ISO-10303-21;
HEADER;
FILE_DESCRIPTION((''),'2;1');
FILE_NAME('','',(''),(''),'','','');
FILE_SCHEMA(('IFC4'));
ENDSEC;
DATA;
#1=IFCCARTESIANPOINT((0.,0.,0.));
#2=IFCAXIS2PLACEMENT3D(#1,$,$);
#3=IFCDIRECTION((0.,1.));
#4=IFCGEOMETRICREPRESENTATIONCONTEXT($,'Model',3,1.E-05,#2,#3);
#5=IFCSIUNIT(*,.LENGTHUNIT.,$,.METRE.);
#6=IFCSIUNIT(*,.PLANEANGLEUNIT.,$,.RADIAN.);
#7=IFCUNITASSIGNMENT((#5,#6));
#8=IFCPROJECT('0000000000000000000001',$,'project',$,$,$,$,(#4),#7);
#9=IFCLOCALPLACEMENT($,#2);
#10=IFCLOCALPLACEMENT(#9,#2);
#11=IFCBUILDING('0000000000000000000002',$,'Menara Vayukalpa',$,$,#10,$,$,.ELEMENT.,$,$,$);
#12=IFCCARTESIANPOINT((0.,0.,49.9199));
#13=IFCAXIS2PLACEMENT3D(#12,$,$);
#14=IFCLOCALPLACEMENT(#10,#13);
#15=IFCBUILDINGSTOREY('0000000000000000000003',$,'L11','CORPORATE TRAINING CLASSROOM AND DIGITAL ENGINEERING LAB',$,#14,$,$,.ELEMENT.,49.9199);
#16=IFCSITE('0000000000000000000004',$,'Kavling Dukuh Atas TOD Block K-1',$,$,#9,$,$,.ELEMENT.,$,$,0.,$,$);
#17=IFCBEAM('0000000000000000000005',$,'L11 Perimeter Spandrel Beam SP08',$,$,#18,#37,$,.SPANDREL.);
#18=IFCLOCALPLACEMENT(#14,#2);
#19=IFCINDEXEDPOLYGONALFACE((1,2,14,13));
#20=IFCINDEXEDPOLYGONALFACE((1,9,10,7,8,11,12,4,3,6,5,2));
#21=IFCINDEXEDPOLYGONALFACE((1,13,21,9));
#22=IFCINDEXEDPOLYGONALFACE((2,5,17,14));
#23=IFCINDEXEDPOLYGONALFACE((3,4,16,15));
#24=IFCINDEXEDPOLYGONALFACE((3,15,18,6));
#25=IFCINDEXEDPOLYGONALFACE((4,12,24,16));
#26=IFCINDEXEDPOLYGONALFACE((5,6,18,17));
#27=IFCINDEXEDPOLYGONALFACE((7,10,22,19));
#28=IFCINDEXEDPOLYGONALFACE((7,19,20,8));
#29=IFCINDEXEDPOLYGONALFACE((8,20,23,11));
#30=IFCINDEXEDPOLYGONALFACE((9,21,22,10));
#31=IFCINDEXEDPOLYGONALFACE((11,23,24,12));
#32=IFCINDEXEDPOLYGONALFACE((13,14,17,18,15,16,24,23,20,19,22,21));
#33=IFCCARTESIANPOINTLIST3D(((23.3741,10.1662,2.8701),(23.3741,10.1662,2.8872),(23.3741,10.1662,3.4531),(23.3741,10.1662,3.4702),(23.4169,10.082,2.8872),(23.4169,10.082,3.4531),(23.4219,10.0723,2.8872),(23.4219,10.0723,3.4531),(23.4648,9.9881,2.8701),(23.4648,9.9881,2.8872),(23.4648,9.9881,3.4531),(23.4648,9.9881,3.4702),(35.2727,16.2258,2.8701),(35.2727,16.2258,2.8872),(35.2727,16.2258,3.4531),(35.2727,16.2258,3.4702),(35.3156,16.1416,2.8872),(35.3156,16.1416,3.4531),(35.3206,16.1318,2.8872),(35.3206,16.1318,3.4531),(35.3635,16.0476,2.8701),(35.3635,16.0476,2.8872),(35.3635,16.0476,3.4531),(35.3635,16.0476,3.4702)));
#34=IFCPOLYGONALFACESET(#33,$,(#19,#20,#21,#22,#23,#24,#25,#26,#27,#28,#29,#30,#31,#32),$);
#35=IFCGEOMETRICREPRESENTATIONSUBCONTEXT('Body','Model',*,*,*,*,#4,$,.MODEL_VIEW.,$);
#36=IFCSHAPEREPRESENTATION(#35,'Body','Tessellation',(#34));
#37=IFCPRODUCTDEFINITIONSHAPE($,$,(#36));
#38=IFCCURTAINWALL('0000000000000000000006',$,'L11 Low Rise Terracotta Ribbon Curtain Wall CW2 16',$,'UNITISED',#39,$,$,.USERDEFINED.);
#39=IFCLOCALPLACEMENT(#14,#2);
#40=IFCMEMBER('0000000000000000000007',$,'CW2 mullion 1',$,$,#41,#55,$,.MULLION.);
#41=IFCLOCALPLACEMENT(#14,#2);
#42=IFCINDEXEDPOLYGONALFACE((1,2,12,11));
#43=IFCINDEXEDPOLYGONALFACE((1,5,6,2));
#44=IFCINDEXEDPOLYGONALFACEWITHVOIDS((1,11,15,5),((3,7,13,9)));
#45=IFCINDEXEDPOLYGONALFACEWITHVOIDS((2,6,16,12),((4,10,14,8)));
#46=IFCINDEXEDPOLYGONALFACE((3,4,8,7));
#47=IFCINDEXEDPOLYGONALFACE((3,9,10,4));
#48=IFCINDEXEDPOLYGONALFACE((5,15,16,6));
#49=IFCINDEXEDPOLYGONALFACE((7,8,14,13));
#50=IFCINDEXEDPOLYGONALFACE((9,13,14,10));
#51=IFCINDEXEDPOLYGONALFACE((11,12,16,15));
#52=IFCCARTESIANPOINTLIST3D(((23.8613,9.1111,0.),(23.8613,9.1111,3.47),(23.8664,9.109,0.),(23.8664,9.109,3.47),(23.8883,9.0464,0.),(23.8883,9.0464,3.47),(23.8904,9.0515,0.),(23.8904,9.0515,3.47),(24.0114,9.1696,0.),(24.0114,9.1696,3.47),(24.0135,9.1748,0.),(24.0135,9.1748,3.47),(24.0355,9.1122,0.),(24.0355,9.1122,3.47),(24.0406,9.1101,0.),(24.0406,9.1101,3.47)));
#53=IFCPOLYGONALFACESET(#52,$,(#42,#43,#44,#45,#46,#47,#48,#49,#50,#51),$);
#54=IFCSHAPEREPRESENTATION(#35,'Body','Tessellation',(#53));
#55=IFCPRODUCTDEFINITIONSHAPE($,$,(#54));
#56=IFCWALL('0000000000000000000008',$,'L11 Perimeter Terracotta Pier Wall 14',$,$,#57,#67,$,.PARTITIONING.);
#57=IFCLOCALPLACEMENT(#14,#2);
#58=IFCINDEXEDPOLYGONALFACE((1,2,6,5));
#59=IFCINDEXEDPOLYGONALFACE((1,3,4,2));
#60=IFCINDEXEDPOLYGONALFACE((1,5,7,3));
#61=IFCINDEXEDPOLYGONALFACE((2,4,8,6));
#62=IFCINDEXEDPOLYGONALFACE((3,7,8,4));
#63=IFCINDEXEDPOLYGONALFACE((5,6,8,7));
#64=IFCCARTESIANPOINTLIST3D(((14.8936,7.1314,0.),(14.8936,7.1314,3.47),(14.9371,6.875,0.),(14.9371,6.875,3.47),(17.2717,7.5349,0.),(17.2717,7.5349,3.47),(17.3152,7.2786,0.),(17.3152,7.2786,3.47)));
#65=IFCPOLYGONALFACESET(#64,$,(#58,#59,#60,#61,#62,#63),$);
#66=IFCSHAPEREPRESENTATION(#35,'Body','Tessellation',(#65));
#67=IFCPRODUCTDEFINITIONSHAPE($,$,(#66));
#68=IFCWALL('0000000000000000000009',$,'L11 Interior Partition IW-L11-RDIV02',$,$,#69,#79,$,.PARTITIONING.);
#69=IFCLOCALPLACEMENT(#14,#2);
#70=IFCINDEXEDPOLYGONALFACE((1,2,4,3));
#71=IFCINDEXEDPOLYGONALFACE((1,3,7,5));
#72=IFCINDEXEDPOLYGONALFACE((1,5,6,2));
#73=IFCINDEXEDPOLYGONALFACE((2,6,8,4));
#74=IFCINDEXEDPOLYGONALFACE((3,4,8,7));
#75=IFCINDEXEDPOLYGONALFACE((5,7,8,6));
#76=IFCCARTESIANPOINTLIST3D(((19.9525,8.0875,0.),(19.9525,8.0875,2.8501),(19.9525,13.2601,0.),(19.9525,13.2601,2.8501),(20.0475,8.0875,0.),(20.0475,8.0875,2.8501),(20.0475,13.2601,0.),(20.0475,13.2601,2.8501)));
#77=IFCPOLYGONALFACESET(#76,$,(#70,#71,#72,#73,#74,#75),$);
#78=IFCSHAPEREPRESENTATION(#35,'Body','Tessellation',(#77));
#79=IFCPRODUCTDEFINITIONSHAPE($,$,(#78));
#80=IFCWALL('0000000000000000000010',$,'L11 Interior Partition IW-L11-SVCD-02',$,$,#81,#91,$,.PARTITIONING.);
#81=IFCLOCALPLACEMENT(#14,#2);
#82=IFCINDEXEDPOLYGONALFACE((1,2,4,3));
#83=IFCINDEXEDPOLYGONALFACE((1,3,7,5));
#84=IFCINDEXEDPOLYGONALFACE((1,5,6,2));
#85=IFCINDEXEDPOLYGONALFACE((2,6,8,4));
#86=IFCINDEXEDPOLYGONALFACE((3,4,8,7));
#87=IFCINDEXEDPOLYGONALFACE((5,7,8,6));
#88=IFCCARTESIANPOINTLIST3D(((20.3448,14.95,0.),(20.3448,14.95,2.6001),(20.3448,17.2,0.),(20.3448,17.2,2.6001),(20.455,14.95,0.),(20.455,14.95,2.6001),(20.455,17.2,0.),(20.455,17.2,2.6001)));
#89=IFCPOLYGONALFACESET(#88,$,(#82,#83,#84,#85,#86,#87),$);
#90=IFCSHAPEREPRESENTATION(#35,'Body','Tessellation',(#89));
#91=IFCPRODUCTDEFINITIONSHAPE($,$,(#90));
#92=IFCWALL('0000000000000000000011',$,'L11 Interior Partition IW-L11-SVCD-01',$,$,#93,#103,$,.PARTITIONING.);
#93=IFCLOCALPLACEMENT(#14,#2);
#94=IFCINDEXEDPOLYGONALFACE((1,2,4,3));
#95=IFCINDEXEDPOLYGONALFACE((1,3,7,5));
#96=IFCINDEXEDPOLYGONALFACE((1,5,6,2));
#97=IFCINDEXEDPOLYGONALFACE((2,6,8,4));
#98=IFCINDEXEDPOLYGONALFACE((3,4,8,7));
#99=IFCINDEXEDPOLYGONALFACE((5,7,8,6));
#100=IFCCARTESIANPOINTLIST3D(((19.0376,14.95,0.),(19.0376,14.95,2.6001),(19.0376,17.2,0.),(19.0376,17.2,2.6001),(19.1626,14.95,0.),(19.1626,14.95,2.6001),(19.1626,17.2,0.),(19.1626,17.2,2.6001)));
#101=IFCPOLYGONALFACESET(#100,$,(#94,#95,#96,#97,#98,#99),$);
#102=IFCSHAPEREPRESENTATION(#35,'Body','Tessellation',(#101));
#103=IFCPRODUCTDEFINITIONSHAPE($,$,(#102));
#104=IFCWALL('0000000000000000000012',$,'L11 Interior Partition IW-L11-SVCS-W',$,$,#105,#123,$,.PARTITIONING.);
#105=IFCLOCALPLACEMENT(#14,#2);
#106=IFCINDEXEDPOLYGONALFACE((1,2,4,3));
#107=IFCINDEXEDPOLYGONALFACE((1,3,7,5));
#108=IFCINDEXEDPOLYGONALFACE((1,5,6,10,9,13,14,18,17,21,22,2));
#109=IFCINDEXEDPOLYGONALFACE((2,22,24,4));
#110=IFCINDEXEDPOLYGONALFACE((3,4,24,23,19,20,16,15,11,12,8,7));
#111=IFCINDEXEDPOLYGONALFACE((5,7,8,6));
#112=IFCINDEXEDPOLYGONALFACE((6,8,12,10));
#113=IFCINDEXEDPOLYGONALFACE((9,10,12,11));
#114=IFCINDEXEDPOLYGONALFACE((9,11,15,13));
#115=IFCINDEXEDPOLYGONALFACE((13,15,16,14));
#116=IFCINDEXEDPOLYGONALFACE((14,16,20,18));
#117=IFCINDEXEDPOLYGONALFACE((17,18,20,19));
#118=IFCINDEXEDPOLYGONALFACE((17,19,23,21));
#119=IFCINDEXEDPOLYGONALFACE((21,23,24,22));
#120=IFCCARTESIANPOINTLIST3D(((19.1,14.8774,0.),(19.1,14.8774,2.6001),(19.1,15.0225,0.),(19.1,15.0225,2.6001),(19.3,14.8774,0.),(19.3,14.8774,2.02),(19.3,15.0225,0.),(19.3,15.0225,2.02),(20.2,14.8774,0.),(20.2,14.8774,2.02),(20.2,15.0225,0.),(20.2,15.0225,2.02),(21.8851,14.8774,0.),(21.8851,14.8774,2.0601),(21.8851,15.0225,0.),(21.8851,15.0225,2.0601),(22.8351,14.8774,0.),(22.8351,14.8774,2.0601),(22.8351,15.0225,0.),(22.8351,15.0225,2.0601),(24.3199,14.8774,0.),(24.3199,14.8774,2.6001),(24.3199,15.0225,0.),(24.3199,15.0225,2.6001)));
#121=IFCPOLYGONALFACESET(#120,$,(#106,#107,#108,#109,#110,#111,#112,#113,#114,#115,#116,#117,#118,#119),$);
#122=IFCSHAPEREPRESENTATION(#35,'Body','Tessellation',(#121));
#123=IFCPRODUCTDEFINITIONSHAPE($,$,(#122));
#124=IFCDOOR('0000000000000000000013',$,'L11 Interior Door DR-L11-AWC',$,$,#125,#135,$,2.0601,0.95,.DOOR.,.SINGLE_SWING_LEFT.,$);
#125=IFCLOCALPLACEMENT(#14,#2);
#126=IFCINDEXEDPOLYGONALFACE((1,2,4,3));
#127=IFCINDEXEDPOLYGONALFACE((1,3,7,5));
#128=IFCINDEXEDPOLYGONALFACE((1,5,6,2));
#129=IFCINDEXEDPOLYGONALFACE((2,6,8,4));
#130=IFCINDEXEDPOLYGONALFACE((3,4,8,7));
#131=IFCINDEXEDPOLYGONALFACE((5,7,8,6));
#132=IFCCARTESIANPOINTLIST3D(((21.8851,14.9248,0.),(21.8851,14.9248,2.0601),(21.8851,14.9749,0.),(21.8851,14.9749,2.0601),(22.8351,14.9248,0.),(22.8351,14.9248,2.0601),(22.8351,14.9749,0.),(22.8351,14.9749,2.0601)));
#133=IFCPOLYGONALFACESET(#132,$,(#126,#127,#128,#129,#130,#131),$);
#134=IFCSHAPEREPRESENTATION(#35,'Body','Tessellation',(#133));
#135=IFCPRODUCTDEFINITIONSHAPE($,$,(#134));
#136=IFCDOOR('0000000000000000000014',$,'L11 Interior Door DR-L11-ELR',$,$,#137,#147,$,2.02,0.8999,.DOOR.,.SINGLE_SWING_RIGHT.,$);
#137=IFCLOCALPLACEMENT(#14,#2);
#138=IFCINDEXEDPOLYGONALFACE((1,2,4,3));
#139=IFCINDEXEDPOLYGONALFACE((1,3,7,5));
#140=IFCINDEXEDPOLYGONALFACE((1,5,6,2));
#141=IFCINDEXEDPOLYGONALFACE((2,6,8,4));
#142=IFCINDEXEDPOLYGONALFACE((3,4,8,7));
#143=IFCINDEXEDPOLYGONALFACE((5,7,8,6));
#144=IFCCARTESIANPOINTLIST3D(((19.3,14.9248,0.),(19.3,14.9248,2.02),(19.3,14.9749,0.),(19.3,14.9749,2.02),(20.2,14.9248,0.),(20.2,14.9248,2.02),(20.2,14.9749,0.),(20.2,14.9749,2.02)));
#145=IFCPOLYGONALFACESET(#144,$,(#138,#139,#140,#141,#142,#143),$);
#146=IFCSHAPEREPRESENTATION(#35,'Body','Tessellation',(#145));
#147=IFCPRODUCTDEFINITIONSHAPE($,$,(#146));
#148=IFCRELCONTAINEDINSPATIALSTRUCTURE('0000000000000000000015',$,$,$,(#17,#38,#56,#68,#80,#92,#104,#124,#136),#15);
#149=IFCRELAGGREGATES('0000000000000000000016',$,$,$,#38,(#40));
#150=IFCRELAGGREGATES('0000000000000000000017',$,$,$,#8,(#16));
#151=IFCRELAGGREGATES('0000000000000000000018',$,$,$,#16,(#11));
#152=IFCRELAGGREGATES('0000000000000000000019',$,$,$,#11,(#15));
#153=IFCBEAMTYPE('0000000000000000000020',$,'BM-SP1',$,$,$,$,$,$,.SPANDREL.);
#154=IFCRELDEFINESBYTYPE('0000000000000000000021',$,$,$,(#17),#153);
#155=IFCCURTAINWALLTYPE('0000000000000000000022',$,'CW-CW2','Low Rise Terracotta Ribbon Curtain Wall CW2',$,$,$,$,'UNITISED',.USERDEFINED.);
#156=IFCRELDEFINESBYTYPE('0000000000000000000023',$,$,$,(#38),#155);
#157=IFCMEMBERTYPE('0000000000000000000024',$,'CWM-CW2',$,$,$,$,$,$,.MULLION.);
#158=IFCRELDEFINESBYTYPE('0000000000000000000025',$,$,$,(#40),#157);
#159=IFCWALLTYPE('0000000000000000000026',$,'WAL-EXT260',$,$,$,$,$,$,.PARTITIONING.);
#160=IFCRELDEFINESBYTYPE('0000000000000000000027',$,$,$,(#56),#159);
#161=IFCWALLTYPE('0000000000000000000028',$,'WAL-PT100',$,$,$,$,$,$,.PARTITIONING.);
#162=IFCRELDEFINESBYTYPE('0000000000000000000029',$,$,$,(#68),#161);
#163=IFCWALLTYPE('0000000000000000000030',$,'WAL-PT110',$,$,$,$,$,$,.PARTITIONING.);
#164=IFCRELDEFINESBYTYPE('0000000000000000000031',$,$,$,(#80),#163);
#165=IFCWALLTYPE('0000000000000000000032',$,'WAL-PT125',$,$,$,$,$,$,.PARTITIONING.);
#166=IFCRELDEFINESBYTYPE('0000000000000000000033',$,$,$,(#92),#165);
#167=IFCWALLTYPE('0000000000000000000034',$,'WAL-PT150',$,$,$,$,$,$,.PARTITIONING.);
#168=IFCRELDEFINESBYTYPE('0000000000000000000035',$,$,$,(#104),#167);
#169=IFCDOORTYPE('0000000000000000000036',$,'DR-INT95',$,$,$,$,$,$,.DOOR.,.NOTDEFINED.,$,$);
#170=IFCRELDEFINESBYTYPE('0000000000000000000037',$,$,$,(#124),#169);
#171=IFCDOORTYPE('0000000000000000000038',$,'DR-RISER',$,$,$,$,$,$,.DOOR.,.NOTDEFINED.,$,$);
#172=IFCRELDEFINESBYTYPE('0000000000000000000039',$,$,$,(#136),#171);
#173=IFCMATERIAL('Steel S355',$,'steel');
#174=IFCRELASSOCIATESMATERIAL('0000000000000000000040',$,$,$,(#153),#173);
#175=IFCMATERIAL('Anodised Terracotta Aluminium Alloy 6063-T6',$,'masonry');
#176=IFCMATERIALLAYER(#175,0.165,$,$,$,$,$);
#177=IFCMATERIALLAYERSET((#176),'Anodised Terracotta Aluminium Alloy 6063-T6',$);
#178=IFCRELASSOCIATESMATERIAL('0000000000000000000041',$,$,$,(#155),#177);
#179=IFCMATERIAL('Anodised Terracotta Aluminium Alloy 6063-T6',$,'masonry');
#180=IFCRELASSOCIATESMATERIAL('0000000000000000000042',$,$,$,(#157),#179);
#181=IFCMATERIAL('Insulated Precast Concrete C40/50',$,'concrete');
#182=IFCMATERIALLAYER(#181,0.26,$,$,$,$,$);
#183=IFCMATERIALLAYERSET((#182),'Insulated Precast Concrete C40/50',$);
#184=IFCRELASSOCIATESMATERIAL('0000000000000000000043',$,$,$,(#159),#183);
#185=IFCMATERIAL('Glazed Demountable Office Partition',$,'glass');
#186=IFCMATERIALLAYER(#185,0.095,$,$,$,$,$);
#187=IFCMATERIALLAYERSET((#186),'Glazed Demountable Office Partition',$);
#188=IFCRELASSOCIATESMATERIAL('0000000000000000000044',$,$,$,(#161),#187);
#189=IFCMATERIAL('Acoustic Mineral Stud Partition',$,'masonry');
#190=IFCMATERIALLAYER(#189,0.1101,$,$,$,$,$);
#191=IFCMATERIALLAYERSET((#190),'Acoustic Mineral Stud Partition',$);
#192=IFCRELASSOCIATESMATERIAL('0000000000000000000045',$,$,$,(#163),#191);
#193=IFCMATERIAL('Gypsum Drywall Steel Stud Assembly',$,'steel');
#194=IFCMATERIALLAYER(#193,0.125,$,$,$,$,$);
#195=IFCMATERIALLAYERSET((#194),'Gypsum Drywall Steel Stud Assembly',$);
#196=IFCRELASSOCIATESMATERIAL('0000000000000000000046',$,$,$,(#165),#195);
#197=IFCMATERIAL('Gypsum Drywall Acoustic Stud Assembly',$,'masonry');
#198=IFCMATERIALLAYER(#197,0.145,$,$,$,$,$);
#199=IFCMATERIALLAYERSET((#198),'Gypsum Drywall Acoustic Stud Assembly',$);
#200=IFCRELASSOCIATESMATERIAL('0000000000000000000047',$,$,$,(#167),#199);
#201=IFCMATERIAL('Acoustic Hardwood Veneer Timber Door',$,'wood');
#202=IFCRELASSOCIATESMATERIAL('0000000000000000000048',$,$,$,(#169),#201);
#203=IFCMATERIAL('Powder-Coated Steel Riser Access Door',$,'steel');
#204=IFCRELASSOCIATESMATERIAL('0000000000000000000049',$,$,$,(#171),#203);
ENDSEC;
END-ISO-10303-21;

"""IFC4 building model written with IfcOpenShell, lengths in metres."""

from ifc_helpers import new_model, si_unit, direction, frame, frame_2d, origin, origin_2d, place, context, subcontext, project, spatial, rectangle, hollow_rectangle, i_section, extrude, material, layer, layer_set, material_profile, profile_set, type_object, element, fill, aggregate, save


model = new_model("IFC4")

# Units and contexts
model_context = context("Model", 3, precision=1e-05, world=origin(), true_north=direction((0.0, 1.0)))
body_context = subcontext(model_context, "Body", "Model", "MODEL_VIEW")
ifc_project = project(units=[si_unit("LENGTHUNIT", "METRE"), si_unit("PLANEANGLEUNIT", "RADIAN")], contexts=[model_context])

# Site, building, storey
site_placement = place(None, origin())
site = spatial("IfcSite", under=ifc_project, at=site_placement, Name="Kavling Dukuh Atas TOD Block K-1", CompositionType="ELEMENT", RefElevation=0.0)
building_placement = place(site_placement, origin())
building = spatial("IfcBuilding", under=site, at=building_placement, Name="Menara Vayukalpa", CompositionType="ELEMENT")
storey_placement = place(building_placement, frame((0.0, 0.0, 49.9199)))
storey = spatial("IfcBuildingStorey", under=building, at=storey_placement, Name="L11", Description="CORPORATE TRAINING CLASSROOM AND DIGITAL ENGINEERING LAB", CompositionType="ELEMENT", Elevation=49.9199)

# Beam
ifc_material_1 = material(Name="Steel S355", Category="steel")
ifc_material_profile_1 = material_profile(ifc_material_1, i_section(OverallWidth=0.2, OverallDepth=0.6001, WebThickness=0.011, FlangeThickness=0.0171, at=origin_2d()), Name="WF 600x200x11x17")
ifc_profile_set_1 = profile_set([ifc_material_profile_1], Name="Steel S355")
beam_type_1 = type_object("IfcBeamType", Name="BM-SP1", PredefinedType="SPANDREL", material=ifc_profile_set_1)
beam_1_placement = place(storey_placement, frame((23.4194, 10.0771, 3.1702), z_axis=(0.891101, 0.453806, 0.0), x_axis=(-0.453806, 0.891101, 0.0)))
element("IfcBeam", 1, at=beam_1_placement, inside=storey, type_object=beam_type_1, Name="L11 Perimeter Spandrel Beam SP08", PredefinedType="SPANDREL", context=body_context, shape_type="SweptSolid", body=[
    extrude(i_section(OverallWidth=0.2, OverallDepth=0.6001, WebThickness=0.011, FlangeThickness=0.0171, at=origin_2d()), origin(), (0.0, 0.0, 1.0), 13.3528),
])

# Curtain wall, member
ifc_material_2 = material(Name="Anodised Terracotta Aluminium Alloy 6063-T6", Category="masonry")
ifc_layer_1 = layer(ifc_material_2, 0.165)
ifc_layer_set_1 = layer_set([ifc_layer_1], Name="Anodised Terracotta Aluminium Alloy 6063-T6")
curtain_wall_type = type_object("IfcCurtainWallType", Name="CW-CW2", Description="Low Rise Terracotta Ribbon Curtain Wall CW2", ElementType="UNITISED", PredefinedType="USERDEFINED", material=ifc_layer_set_1)
curtain_wall_placement = place(storey_placement, origin())
curtain_wall = element("IfcCurtainWall", 2, at=curtain_wall_placement, inside=storey, type_object=curtain_wall_type, Name="L11 Low Rise Terracotta Ribbon Curtain Wall CW2 16", ObjectType="UNITISED", PredefinedType="USERDEFINED")
ifc_material_3 = material(Name="Anodised Terracotta Aluminium Alloy 6063-T6", Category="masonry")
ifc_material_profile_2 = material_profile(ifc_material_3, hollow_rectangle(XDim=0.0701, YDim=0.165, WallThickness=0.0039, at=origin_2d()), Name="ALU 70x165x4")
ifc_profile_set_2 = profile_set([ifc_material_profile_2], Name="Anodised Terracotta Aluminium Alloy 6063-T6")
member_type = type_object("IfcMemberType", Name="CWM-CW2", PredefinedType="MULLION", material=ifc_profile_set_2)
member_placement = place(storey_placement, frame((23.9509, 9.1106, 0.0), z_axis=(0.0, 0.0, 1.0), x_axis=(-0.385895, 0.922543, 0.0)))
member = element("IfcMember", 3, at=member_placement, type_object=member_type, Name="CW2 mullion 1", PredefinedType="MULLION", context=body_context, shape_type="SweptSolid", body=[
    extrude(hollow_rectangle(XDim=0.0701, YDim=0.165, WallThickness=0.0039, at=origin_2d()), origin(), (0.0, 0.0, 1.0), 3.47),
])
aggregate(curtain_wall, [member])

# Walls
ifc_material_4 = material(Name="Insulated Precast Concrete C40/50", Category="concrete")
ifc_layer_2 = layer(ifc_material_4, 0.26)
ifc_layer_set_2 = layer_set([ifc_layer_2], Name="Insulated Precast Concrete C40/50")
wall_type_1 = type_object("IfcWallType", Name="WAL-EXT260", PredefinedType="PARTITIONING", material=ifc_layer_set_2)
wall_1_placement = place(storey_placement, frame((17.2935, 7.4067, 0.0), z_axis=(0.0, 0.0, 1.0), x_axis=(-0.985905, -0.167303, 0.0)))
element("IfcWall", 4, at=wall_1_placement, inside=storey, type_object=wall_type_1, Name="L11 Perimeter Terracotta Pier Wall 14", PredefinedType="PARTITIONING", context=body_context, shape_type="SweptSolid", body=[
    extrude(rectangle(XDim=2.4121, YDim=0.26, at=frame_2d((1.2061, 0.0))), origin(), (0.0, 0.0, 1.0), 3.47),
])
ifc_material_5 = material(Name="Glazed Demountable Office Partition", Category="glass")
ifc_layer_3 = layer(ifc_material_5, 0.095)
ifc_layer_set_3 = layer_set([ifc_layer_3], Name="Glazed Demountable Office Partition")
wall_type_2 = type_object("IfcWallType", Name="WAL-PT100", PredefinedType="PARTITIONING", material=ifc_layer_set_3)
wall_2_placement = place(storey_placement, frame((20.0, 8.0874, 0.0), z_axis=(0.0, 0.0, 1.0), x_axis=(0.0, 1.0, 0.0)))
element("IfcWall", 5, at=wall_2_placement, inside=storey, type_object=wall_type_2, Name="L11 Interior Partition IW-L11-RDIV02", PredefinedType="PARTITIONING", context=body_context, shape_type="SweptSolid", body=[
    extrude(rectangle(XDim=5.1726, YDim=0.095, at=frame_2d((2.5864, 0.0))), origin(), (0.0, 0.0, 1.0), 2.8501),
])
ifc_material_6 = material(Name="Acoustic Mineral Stud Partition", Category="masonry")
ifc_layer_4 = layer(ifc_material_6, 0.1101)
ifc_layer_set_4 = layer_set([ifc_layer_4], Name="Acoustic Mineral Stud Partition")
wall_type_3 = type_object("IfcWallType", Name="WAL-PT110", PredefinedType="PARTITIONING", material=ifc_layer_set_4)
wall_3_placement = place(storey_placement, frame((20.3999, 14.95, 0.0), z_axis=(0.0, 0.0, 1.0), x_axis=(0.0, 1.0, 0.0)))
element("IfcWall", 6, at=wall_3_placement, inside=storey, type_object=wall_type_3, Name="L11 Interior Partition IW-L11-SVCD-02", PredefinedType="PARTITIONING", context=body_context, shape_type="SweptSolid", body=[
    extrude(rectangle(XDim=2.25, YDim=0.1101, at=frame_2d((1.125, 0.0))), origin(), (0.0, 0.0, 1.0), 2.6001),
])
ifc_material_7 = material(Name="Gypsum Drywall Steel Stud Assembly", Category="steel")
ifc_layer_5 = layer(ifc_material_7, 0.125)
ifc_layer_set_5 = layer_set([ifc_layer_5], Name="Gypsum Drywall Steel Stud Assembly")
wall_type_4 = type_object("IfcWallType", Name="WAL-PT125", PredefinedType="PARTITIONING", material=ifc_layer_set_5)
wall_4_placement = place(storey_placement, frame((19.1001, 14.95, 0.0), z_axis=(0.0, 0.0, 1.0), x_axis=(0.0, 1.0, 0.0)))
element("IfcWall", 7, at=wall_4_placement, inside=storey, type_object=wall_type_4, Name="L11 Interior Partition IW-L11-SVCD-01", PredefinedType="PARTITIONING", context=body_context, shape_type="SweptSolid", body=[
    extrude(rectangle(XDim=2.25, YDim=0.125, at=frame_2d((1.125, 0.0))), origin(), (0.0, 0.0, 1.0), 2.6001),
])

# Wall, openings, doors
ifc_material_8 = material(Name="Gypsum Drywall Acoustic Stud Assembly", Category="masonry")
ifc_layer_6 = layer(ifc_material_8, 0.145)
ifc_layer_set_6 = layer_set([ifc_layer_6], Name="Gypsum Drywall Acoustic Stud Assembly")
wall_type_5 = type_object("IfcWallType", Name="WAL-PT150", PredefinedType="PARTITIONING", material=ifc_layer_set_6)
wall_5_placement = place(storey_placement, frame((19.1001, 14.95, 0.0), z_axis=(0.0, 0.0, 1.0), x_axis=(1.0, 0.0, 0.0)))
wall_5 = element("IfcWall", 8, at=wall_5_placement, inside=storey, type_object=wall_type_5, Name="L11 Interior Partition IW-L11-SVCS-W", PredefinedType="PARTITIONING", context=body_context, shape_type="SweptSolid", body=[
    extrude(rectangle(XDim=5.22, YDim=0.145, at=frame_2d((2.6099, 0.0))), origin(), (0.0, 0.0, 1.0), 2.6001),
])
opening_1_placement = place(wall_5_placement, frame((0.2, 0.0, 0.0)))
opening_1 = element("IfcOpeningElement", 9, at=opening_1_placement, cuts=wall_5, PredefinedType="OPENING", context=body_context, shape_type="SweptSolid", body=[
    extrude(rectangle(XDim=0.8999, YDim=2.02, at=frame_2d((0.45, 1.01))), frame((0.0, 0.0825, 0.0), z_axis=(0.0, -1.0, 0.0), x_axis=(1.0, 0.0, 0.0)), (0.0, 0.0, 1.0), 0.165),
])
opening_2_placement = place(wall_5_placement, frame((2.7849, 0.0, 0.0)))
opening_2 = element("IfcOpeningElement", 10, at=opening_2_placement, cuts=wall_5, PredefinedType="OPENING", context=body_context, shape_type="SweptSolid", body=[
    extrude(rectangle(XDim=0.95, YDim=2.0601, at=frame_2d((0.4751, 1.03))), frame((0.0, 0.0825, 0.0), z_axis=(0.0, -1.0, 0.0), x_axis=(1.0, 0.0, 0.0)), (0.0, 0.0, 1.0), 0.165),
])
ifc_material_9 = material(Name="Acoustic Hardwood Veneer Timber Door", Category="wood")
door_type_1 = type_object("IfcDoorType", Name="DR-INT95", OperationType="NOTDEFINED", PredefinedType="DOOR", material=ifc_material_9)
door_1_placement = place(opening_2_placement, origin())
door_1 = element("IfcDoor", 11, at=door_1_placement, inside=storey, type_object=door_type_1, Name="L11 Interior Door DR-L11-AWC", OperationType="SINGLE_SWING_LEFT", OverallHeight=2.0601, OverallWidth=0.95, PredefinedType="DOOR", context=body_context, shape_type="SweptSolid", body=[
    extrude(rectangle(XDim=0.95, YDim=2.0601, at=frame_2d((0.4751, 1.03))), frame((0.0, 0.0249, 0.0), z_axis=(0.0, -1.0, 0.0), x_axis=(1.0, 0.0, 0.0)), (0.0, 0.0, 1.0), 0.05),
])
fill(opening_2, door_1)
ifc_material_10 = material(Name="Powder-Coated Steel Riser Access Door", Category="steel")
door_type_2 = type_object("IfcDoorType", Name="DR-RISER", OperationType="NOTDEFINED", PredefinedType="DOOR", material=ifc_material_10)
door_2_placement = place(opening_1_placement, origin())
door_2 = element("IfcDoor", 12, at=door_2_placement, inside=storey, type_object=door_type_2, Name="L11 Interior Door DR-L11-ELR", OperationType="SINGLE_SWING_RIGHT", OverallHeight=2.02, OverallWidth=0.8999, PredefinedType="DOOR", context=body_context, shape_type="SweptSolid", body=[
    extrude(rectangle(XDim=0.8999, YDim=2.02, at=frame_2d((0.45, 1.01))), frame((0.0, 0.0249, 0.0), z_axis=(0.0, -1.0, 0.0), x_axis=(1.0, 0.0, 0.0)), (0.0, 0.0, 1.0), 0.05),
])
fill(opening_1, door_2)

save(model, "model.ifc")
